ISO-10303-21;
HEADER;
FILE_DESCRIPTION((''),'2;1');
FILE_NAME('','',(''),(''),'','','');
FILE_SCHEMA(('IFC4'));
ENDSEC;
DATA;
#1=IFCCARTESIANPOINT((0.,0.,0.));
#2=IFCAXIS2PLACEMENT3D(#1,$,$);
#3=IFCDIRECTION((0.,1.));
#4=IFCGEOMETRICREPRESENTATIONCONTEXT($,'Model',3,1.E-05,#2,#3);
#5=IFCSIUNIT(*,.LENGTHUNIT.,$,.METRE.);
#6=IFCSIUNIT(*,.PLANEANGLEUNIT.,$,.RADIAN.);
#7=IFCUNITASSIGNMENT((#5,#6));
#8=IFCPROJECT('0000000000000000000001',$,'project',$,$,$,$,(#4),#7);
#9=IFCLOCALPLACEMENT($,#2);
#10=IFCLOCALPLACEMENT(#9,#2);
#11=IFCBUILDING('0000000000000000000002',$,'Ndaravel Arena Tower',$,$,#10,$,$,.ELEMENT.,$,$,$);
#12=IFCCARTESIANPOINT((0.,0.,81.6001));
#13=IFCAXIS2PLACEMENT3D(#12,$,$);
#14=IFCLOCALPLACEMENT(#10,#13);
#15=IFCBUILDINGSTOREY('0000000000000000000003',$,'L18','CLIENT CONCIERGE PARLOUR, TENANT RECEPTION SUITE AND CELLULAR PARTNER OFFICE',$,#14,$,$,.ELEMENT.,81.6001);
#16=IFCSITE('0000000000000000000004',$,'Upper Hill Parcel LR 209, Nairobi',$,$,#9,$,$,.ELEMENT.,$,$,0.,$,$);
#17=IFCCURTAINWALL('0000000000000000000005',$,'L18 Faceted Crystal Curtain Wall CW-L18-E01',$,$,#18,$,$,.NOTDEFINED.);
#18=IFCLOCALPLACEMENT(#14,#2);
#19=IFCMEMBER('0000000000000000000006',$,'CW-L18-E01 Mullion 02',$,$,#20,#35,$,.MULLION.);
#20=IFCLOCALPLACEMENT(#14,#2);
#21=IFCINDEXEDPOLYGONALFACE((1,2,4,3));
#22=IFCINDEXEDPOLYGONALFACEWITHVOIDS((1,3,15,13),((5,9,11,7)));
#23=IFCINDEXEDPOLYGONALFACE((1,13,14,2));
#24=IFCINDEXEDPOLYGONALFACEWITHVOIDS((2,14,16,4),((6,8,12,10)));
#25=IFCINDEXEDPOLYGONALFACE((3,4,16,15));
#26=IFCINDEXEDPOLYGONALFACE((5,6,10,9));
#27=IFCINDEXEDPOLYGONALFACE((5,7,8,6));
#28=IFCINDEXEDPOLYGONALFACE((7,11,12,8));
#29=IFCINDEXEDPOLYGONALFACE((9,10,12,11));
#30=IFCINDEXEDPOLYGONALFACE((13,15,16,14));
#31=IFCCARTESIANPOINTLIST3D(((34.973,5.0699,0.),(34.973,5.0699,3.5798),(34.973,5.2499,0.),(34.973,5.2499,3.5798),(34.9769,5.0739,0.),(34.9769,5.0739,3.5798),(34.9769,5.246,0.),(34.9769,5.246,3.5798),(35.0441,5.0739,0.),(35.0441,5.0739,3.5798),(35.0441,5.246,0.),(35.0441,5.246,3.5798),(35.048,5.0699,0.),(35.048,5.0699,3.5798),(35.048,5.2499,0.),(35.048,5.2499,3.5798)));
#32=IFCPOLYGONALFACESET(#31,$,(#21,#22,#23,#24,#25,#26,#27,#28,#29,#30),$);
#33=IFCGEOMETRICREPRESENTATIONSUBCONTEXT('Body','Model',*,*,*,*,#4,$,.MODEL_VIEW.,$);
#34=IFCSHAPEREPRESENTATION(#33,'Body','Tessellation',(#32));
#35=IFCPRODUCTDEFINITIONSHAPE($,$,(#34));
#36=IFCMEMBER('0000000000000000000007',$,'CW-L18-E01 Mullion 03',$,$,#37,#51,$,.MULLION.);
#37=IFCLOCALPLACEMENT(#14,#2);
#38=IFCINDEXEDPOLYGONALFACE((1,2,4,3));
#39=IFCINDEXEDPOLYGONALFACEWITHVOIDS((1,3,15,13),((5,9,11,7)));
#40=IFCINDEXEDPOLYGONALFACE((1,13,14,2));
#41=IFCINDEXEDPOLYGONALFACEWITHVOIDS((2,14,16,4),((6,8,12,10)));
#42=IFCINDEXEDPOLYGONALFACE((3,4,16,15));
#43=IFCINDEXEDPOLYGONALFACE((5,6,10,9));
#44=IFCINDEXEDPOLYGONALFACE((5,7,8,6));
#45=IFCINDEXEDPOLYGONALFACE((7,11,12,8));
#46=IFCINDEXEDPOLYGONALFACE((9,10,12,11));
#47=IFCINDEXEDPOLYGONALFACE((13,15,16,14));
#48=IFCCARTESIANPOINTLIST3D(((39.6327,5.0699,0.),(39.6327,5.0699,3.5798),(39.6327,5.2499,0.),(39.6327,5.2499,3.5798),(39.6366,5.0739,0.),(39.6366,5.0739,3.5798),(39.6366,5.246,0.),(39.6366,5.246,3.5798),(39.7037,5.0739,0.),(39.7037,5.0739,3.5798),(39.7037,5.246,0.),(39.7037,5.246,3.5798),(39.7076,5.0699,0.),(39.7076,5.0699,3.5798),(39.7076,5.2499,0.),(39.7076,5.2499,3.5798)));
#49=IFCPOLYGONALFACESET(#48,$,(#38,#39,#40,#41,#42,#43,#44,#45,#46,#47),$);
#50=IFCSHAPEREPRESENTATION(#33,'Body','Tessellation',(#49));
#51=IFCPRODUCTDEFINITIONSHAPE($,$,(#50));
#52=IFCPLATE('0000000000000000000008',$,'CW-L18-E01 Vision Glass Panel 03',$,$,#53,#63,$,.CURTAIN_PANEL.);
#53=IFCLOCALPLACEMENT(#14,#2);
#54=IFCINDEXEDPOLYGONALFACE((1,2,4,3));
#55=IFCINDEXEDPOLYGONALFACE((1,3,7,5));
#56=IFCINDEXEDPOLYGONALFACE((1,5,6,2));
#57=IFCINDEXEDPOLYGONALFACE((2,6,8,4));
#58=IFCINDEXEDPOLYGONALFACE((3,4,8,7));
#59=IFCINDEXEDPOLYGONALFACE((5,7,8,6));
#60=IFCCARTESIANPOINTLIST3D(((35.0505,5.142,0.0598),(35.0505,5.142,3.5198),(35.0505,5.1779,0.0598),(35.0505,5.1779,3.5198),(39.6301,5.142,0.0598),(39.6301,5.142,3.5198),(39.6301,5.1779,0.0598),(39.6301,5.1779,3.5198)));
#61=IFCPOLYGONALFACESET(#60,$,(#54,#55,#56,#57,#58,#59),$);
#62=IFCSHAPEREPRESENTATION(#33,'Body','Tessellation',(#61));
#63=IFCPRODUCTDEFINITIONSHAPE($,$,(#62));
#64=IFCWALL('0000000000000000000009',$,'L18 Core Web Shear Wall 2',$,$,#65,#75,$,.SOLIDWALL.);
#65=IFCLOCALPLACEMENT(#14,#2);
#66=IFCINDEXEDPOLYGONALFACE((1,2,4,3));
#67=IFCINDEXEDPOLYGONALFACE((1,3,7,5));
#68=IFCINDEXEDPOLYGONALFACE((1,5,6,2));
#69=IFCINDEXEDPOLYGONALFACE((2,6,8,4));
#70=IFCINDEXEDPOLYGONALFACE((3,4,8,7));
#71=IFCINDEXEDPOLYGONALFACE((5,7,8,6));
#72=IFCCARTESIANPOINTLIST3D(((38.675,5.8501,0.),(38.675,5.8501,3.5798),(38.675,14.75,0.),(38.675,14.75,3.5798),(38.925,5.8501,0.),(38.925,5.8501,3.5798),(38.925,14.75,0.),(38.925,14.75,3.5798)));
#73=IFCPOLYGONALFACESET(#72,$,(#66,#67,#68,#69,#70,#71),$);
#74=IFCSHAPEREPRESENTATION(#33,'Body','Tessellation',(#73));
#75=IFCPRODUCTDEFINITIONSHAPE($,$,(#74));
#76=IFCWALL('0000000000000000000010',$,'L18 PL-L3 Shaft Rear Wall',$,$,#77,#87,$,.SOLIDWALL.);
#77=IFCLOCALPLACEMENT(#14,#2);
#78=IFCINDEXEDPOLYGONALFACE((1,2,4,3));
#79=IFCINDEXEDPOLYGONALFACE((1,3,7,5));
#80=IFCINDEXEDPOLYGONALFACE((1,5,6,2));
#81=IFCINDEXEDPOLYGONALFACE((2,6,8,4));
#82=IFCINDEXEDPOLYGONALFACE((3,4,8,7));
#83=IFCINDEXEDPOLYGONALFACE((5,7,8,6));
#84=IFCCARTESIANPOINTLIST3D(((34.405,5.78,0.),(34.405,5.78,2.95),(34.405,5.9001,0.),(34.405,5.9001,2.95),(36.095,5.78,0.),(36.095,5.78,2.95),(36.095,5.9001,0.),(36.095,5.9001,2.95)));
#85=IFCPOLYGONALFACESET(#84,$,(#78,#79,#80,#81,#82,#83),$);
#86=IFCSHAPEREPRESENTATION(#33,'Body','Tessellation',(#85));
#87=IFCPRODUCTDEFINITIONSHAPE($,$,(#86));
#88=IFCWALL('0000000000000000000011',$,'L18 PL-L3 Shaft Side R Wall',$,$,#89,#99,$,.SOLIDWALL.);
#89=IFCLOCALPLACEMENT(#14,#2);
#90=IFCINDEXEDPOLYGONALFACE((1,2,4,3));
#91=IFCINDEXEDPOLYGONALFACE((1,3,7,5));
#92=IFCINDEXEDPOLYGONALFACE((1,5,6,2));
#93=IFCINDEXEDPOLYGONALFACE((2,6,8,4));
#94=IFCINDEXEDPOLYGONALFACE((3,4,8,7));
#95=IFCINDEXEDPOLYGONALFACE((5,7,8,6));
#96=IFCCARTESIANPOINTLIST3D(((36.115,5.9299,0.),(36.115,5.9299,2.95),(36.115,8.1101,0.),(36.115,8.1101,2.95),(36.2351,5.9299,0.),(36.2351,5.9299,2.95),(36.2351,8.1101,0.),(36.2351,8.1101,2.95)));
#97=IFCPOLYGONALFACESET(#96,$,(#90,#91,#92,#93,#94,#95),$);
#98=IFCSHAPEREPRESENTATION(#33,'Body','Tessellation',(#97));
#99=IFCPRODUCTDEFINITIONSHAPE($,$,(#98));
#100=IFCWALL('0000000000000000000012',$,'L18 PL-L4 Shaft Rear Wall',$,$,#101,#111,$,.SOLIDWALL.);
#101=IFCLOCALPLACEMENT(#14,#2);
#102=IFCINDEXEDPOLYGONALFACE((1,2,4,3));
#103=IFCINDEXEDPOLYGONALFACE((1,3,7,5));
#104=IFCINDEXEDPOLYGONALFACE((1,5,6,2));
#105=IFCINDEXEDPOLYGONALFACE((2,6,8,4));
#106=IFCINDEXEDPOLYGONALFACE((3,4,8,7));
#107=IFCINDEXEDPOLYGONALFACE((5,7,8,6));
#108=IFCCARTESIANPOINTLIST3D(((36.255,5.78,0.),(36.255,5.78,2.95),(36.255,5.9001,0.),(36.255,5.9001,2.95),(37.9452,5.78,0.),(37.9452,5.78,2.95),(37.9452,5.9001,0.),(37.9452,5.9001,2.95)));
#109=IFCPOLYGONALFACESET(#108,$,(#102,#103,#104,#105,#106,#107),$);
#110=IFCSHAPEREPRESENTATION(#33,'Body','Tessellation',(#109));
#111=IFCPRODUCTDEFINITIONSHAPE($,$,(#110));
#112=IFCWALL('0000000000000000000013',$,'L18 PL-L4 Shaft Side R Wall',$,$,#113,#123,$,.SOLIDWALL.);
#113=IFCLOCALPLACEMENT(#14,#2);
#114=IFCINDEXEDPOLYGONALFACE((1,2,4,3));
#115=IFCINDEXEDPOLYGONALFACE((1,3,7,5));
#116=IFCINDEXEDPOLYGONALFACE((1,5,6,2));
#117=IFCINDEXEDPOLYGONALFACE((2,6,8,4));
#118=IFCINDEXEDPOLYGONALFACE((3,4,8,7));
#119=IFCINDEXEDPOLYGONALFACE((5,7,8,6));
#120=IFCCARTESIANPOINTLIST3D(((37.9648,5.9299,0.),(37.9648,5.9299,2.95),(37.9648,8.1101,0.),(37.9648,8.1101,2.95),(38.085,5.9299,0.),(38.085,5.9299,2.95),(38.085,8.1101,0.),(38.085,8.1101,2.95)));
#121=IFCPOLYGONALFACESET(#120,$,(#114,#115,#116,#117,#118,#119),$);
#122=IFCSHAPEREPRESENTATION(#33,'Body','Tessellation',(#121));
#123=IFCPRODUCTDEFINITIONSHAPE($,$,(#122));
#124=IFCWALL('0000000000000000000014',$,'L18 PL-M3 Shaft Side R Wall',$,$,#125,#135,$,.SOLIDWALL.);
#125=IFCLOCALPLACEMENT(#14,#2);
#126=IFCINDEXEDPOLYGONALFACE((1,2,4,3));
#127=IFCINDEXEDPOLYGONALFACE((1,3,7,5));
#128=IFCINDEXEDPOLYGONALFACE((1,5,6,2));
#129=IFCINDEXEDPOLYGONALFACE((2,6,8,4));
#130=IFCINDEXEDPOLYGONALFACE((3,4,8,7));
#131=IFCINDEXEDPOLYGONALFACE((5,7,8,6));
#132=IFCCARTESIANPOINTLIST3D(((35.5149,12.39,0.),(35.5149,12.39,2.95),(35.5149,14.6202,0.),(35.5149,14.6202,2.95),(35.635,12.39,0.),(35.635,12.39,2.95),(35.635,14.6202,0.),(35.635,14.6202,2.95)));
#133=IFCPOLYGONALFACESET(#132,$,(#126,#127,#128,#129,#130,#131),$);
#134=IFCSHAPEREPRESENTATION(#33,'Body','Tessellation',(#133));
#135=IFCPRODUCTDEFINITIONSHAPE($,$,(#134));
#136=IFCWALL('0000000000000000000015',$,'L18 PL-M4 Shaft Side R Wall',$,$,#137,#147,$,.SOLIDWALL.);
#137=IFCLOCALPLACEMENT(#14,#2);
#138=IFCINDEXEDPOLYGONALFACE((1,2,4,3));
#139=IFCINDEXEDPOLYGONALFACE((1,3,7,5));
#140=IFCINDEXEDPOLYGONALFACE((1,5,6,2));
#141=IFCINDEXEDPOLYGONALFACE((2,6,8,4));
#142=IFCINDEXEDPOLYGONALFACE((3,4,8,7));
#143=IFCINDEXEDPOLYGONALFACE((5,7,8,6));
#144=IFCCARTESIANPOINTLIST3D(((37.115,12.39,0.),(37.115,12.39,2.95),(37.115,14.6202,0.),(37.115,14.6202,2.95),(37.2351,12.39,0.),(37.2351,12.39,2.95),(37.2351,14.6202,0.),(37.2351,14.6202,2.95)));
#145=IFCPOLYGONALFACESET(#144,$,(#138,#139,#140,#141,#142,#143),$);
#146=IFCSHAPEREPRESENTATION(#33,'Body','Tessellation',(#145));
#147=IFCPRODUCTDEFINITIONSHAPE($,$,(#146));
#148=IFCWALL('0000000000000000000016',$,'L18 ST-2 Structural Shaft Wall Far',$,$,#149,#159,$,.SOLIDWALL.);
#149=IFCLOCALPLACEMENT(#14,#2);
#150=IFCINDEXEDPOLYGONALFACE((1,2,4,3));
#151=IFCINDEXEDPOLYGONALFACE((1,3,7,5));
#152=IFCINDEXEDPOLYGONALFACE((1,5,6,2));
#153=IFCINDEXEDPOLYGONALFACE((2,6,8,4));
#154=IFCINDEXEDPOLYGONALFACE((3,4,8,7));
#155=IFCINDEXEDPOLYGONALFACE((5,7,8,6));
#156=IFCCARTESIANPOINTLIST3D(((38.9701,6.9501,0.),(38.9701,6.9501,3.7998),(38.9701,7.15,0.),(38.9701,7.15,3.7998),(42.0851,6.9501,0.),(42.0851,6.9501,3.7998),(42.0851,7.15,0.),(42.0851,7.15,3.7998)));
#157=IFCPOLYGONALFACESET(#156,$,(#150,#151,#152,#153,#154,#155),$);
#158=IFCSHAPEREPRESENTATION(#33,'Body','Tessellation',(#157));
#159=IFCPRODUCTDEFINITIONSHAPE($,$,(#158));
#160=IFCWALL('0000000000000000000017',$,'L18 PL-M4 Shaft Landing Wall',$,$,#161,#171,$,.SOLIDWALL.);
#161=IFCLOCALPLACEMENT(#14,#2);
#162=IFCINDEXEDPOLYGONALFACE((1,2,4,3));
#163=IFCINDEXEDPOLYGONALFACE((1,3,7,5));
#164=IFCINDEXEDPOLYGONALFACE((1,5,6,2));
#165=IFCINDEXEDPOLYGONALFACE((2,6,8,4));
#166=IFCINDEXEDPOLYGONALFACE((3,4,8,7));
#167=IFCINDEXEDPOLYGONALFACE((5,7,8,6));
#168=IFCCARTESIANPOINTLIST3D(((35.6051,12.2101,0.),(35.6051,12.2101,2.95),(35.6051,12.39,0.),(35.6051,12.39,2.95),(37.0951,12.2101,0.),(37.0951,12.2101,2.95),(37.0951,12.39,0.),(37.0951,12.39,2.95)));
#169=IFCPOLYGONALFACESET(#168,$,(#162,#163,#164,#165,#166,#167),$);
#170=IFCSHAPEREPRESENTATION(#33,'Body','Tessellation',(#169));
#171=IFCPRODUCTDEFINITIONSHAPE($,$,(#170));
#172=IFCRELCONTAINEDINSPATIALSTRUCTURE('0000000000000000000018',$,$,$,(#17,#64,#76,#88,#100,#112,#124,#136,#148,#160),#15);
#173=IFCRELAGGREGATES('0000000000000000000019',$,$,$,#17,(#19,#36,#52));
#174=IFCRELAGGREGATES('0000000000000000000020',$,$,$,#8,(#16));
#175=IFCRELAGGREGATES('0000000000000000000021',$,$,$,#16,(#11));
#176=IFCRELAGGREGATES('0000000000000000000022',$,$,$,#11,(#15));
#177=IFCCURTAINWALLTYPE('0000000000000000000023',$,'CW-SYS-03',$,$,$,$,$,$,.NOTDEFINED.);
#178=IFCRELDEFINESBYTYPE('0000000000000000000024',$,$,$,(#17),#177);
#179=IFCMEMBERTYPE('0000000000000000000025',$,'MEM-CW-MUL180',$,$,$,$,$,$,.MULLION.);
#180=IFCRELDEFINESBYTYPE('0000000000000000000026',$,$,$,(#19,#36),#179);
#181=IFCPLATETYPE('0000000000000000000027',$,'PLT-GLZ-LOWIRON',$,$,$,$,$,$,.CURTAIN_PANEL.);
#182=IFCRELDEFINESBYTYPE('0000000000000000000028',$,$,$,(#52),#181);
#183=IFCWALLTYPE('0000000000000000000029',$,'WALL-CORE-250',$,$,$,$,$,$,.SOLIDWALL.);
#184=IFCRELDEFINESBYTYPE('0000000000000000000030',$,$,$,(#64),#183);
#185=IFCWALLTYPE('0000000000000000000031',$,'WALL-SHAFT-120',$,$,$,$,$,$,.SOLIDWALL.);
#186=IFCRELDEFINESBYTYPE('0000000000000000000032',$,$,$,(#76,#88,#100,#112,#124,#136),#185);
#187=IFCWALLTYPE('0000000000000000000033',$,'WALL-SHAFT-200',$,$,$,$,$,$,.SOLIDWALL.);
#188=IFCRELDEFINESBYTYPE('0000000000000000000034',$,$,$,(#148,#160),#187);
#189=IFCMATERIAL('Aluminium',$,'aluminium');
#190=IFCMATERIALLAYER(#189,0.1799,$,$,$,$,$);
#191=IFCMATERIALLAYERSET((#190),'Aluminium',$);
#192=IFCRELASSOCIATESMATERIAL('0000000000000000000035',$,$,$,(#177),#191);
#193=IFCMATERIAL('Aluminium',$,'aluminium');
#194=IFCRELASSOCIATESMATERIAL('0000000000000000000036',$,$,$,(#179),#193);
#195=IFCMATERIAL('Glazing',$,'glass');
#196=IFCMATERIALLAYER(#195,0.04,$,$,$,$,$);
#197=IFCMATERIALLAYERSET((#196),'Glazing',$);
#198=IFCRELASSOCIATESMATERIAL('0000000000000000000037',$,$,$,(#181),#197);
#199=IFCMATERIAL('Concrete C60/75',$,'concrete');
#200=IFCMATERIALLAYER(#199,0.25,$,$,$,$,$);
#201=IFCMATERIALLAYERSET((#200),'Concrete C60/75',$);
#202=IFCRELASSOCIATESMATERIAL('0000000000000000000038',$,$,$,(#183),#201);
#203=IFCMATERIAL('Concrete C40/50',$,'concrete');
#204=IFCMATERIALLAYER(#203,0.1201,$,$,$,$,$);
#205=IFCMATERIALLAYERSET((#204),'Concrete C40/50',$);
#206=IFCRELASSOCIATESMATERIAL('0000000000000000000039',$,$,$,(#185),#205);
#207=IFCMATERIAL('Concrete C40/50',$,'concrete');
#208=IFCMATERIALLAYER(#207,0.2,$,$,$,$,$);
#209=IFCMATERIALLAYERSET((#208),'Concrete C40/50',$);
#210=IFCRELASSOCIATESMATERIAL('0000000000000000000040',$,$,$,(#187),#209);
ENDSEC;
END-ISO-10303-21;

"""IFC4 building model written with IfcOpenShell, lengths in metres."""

from ifc_helpers import new_model, si_unit, direction, frame, frame_2d, origin, origin_2d, place, context, subcontext, project, spatial, rectangle, hollow_rectangle, extrude, material, layer, layer_set, material_profile, profile_set, type_object, element, aggregate, save


model = new_model("IFC4")

# Units and contexts
model_context = context("Model", 3, precision=1e-05, world=origin(), true_north=direction((0.0, 1.0)))
body_context = subcontext(model_context, "Body", "Model", "MODEL_VIEW")
ifc_project = project(units=[si_unit("LENGTHUNIT", "METRE"), si_unit("PLANEANGLEUNIT", "RADIAN")], contexts=[model_context])

# Site, building, storey
site_placement = place(None, origin())
site = spatial("IfcSite", under=ifc_project, at=site_placement, Name="Upper Hill Parcel LR 209, Nairobi", CompositionType="ELEMENT", RefElevation=0.0)
building_placement = place(site_placement, origin())
building = spatial("IfcBuilding", under=site, at=building_placement, Name="Ndaravel Arena Tower", CompositionType="ELEMENT")
storey_placement = place(building_placement, frame((0.0, 0.0, 81.6001)))
storey = spatial("IfcBuildingStorey", under=building, at=storey_placement, Name="L18", Description="CLIENT CONCIERGE PARLOUR, TENANT RECEPTION SUITE AND CELLULAR PARTNER OFFICE", CompositionType="ELEMENT", Elevation=81.6001)

# Curtain wall, members, plate
ifc_material_1 = material(Name="Aluminium", Category="aluminium")
ifc_layer_1 = layer(ifc_material_1, 0.1799)
ifc_layer_set_1 = layer_set([ifc_layer_1], Name="Aluminium")
curtain_wall_type = type_object("IfcCurtainWallType", Name="CW-SYS-03", PredefinedType="NOTDEFINED", material=ifc_layer_set_1)
curtain_wall_placement = place(storey_placement, origin())
curtain_wall = element("IfcCurtainWall", 1, at=curtain_wall_placement, inside=storey, type_object=curtain_wall_type, Name="L18 Faceted Crystal Curtain Wall CW-L18-E01", PredefinedType="NOTDEFINED")
ifc_material_2 = material(Name="Aluminium", Category="aluminium")
ifc_material_profile = material_profile(ifc_material_2, hollow_rectangle(XDim=0.075, YDim=0.1799, WallThickness=0.0039, at=origin_2d()), Name="CW MULLION 75x180x4")
ifc_profile_set = profile_set([ifc_material_profile], Name="Aluminium")
member_type = type_object("IfcMemberType", Name="MEM-CW-MUL180", PredefinedType="MULLION", material=ifc_profile_set)
member_1_placement = place(storey_placement, frame((35.0105, 5.1599, 0.0), z_axis=(0.0, 0.0, 1.0), x_axis=(1.0, 0.0, 0.0)))
member_1 = element("IfcMember", 2, at=member_1_placement, type_object=member_type, Name="CW-L18-E01 Mullion 02", PredefinedType="MULLION", context=body_context, shape_type="SweptSolid", body=[
    extrude(hollow_rectangle(XDim=0.075, YDim=0.1799, WallThickness=0.0039, at=origin_2d()), origin(), (0.0, 0.0, 1.0), 3.5798),
])
member_2_placement = place(storey_placement, frame((39.6702, 5.1599, 0.0), z_axis=(0.0, 0.0, 1.0), x_axis=(1.0, 0.0, 0.0)))
member_2 = element("IfcMember", 3, at=member_2_placement, type_object=member_type, Name="CW-L18-E01 Mullion 03", PredefinedType="MULLION", context=body_context, shape_type="SweptSolid", body=[
    extrude(hollow_rectangle(XDim=0.075, YDim=0.1799, WallThickness=0.0039, at=origin_2d()), origin(), (0.0, 0.0, 1.0), 3.5798),
])
ifc_material_3 = material(Name="Glazing", Category="glass")
ifc_layer_2 = layer(ifc_material_3, 0.04)
ifc_layer_set_2 = layer_set([ifc_layer_2], Name="Glazing")
plate_type = type_object("IfcPlateType", Name="PLT-GLZ-LOWIRON", PredefinedType="CURTAIN_PANEL", material=ifc_layer_set_2)
plate_placement = place(storey_placement, frame((37.3403, 5.1599, 0.0598), z_axis=(0.0, 0.0, 1.0), x_axis=(1.0, 0.0, 0.0)))
plate = element("IfcPlate", 4, at=plate_placement, type_object=plate_type, Name="CW-L18-E01 Vision Glass Panel 03", PredefinedType="CURTAIN_PANEL", context=body_context, shape_type="SweptSolid", body=[
    extrude(rectangle(XDim=4.5796, YDim=0.0359, at=origin_2d()), origin(), (0.0, 0.0, 1.0), 3.46),
])
aggregate(curtain_wall, [member_1, member_2, plate])

# Walls
ifc_material_4 = material(Name="Concrete C60/75", Category="concrete")
ifc_layer_3 = layer(ifc_material_4, 0.25)
ifc_layer_set_3 = layer_set([ifc_layer_3], Name="Concrete C60/75")
wall_type_1 = type_object("IfcWallType", Name="WALL-CORE-250", PredefinedType="SOLIDWALL", material=ifc_layer_set_3)
wall_1_placement = place(storey_placement, frame((38.8, 5.8501, 0.0), z_axis=(0.0, 0.0, 1.0), x_axis=(0.0, 1.0, 0.0)))
element("IfcWall", 5, at=wall_1_placement, inside=storey, type_object=wall_type_1, Name="L18 Core Web Shear Wall 2", PredefinedType="SOLIDWALL", context=body_context, shape_type="SweptSolid", body=[
    extrude(rectangle(XDim=8.8999, YDim=0.25, at=frame_2d((4.45, 0.0))), origin(), (0.0, 0.0, 1.0), 3.5798),
])
ifc_material_5 = material(Name="Concrete C40/50", Category="concrete")
ifc_layer_4 = layer(ifc_material_5, 0.1201)
ifc_layer_set_4 = layer_set([ifc_layer_4], Name="Concrete C40/50")
wall_type_2 = type_object("IfcWallType", Name="WALL-SHAFT-120", PredefinedType="SOLIDWALL", material=ifc_layer_set_4)
wall_2_placement = place(storey_placement, frame((34.405, 5.8401, 0.0), z_axis=(0.0, 0.0, 1.0), x_axis=(1.0, 0.0, 0.0)))
element("IfcWall", 6, at=wall_2_placement, inside=storey, type_object=wall_type_2, Name="L18 PL-L3 Shaft Rear Wall", PredefinedType="SOLIDWALL", context=body_context, shape_type="SweptSolid", body=[
    extrude(rectangle(XDim=1.6899, YDim=0.1201, at=frame_2d((0.845, 0.0))), origin(), (0.0, 0.0, 1.0), 2.95),
])
wall_3_placement = place(storey_placement, frame((36.175, 5.9299, 0.0), z_axis=(0.0, 0.0, 1.0), x_axis=(0.0, 1.0, 0.0)))
element("IfcWall", 7, at=wall_3_placement, inside=storey, type_object=wall_type_2, Name="L18 PL-L3 Shaft Side R Wall", PredefinedType="SOLIDWALL", context=body_context, shape_type="SweptSolid", body=[
    extrude(rectangle(XDim=2.1802, YDim=0.1201, at=frame_2d((1.0901, 0.0))), origin(), (0.0, 0.0, 1.0), 2.95),
])
wall_4_placement = place(storey_placement, frame((36.2549, 5.8401, 0.0), z_axis=(0.0, 0.0, 1.0), x_axis=(1.0, 0.0, 0.0)))
element("IfcWall", 8, at=wall_4_placement, inside=storey, type_object=wall_type_2, Name="L18 PL-L4 Shaft Rear Wall", PredefinedType="SOLIDWALL", context=body_context, shape_type="SweptSolid", body=[
    extrude(rectangle(XDim=1.6902, YDim=0.1201, at=frame_2d((0.8452, 0.0))), origin(), (0.0, 0.0, 1.0), 2.95),
])
wall_5_placement = place(storey_placement, frame((38.0249, 5.9299, 0.0), z_axis=(0.0, 0.0, 1.0), x_axis=(0.0, 1.0, 0.0)))
element("IfcWall", 9, at=wall_5_placement, inside=storey, type_object=wall_type_2, Name="L18 PL-L4 Shaft Side R Wall", PredefinedType="SOLIDWALL", context=body_context, shape_type="SweptSolid", body=[
    extrude(rectangle(XDim=2.1802, YDim=0.1201, at=frame_2d((1.0901, 0.0))), origin(), (0.0, 0.0, 1.0), 2.95),
])
for number, where, z_axis, x_axis, name in (
    (10, (35.575, 12.3899, 0.0), (0.0, 0.0, 1.0), (0.0, 1.0, 0.0), "L18 PL-M3 Shaft Side R Wall"),
    (11, (37.175, 12.3899, 0.0), (0.0, 0.0, 1.0), (0.0, 1.0, 0.0), "L18 PL-M4 Shaft Side R Wall"),
):
    element("IfcWall", number, at=place(storey_placement, frame(where, z_axis=z_axis, x_axis=x_axis)), inside=storey, type_object=wall_type_2, Name=name, PredefinedType="SOLIDWALL", context=body_context, shape_type="SweptSolid", body=[
        extrude(rectangle(XDim=2.2302, YDim=0.1201, at=frame_2d((1.1152, 0.0))), origin(), (0.0, 0.0, 1.0), 2.95),
    ])
ifc_material_6 = material(Name="Concrete C40/50", Category="concrete")
ifc_layer_5 = layer(ifc_material_6, 0.2)
ifc_layer_set_5 = layer_set([ifc_layer_5], Name="Concrete C40/50")
wall_type_3 = type_object("IfcWallType", Name="WALL-SHAFT-200", PredefinedType="SOLIDWALL", material=ifc_layer_set_5)
wall_6_placement = place(storey_placement, frame((38.97, 7.05, 0.0), z_axis=(0.0, 0.0, 1.0), x_axis=(1.0, 0.0, 0.0)))
element("IfcWall", 12, at=wall_6_placement, inside=storey, type_object=wall_type_3, Name="L18 ST-2 Structural Shaft Wall Far", PredefinedType="SOLIDWALL", context=body_context, shape_type="SweptSolid", body=[
    extrude(rectangle(XDim=3.115, YDim=0.2, at=frame_2d((1.5576, 0.0))), origin(), (0.0, 0.0, 1.0), 3.7998),
])

# Wall
wall_7_placement = place(storey_placement, frame((35.605, 12.3, 0.0), z_axis=(0.0, 0.0, 1.0), x_axis=(1.0, 0.0, 0.0)))
element("IfcWall", 13, at=wall_7_placement, inside=storey, type_object=wall_type_3, Name="L18 PL-M4 Shaft Landing Wall", PredefinedType="SOLIDWALL", context=body_context, shape_type="SweptSolid", body=[
    extrude(rectangle(XDim=1.49, YDim=0.1799, at=frame_2d((0.7451, 0.0))), origin(), (0.0, 0.0, 1.0), 2.95),
])

save(model, "model.ifc")
